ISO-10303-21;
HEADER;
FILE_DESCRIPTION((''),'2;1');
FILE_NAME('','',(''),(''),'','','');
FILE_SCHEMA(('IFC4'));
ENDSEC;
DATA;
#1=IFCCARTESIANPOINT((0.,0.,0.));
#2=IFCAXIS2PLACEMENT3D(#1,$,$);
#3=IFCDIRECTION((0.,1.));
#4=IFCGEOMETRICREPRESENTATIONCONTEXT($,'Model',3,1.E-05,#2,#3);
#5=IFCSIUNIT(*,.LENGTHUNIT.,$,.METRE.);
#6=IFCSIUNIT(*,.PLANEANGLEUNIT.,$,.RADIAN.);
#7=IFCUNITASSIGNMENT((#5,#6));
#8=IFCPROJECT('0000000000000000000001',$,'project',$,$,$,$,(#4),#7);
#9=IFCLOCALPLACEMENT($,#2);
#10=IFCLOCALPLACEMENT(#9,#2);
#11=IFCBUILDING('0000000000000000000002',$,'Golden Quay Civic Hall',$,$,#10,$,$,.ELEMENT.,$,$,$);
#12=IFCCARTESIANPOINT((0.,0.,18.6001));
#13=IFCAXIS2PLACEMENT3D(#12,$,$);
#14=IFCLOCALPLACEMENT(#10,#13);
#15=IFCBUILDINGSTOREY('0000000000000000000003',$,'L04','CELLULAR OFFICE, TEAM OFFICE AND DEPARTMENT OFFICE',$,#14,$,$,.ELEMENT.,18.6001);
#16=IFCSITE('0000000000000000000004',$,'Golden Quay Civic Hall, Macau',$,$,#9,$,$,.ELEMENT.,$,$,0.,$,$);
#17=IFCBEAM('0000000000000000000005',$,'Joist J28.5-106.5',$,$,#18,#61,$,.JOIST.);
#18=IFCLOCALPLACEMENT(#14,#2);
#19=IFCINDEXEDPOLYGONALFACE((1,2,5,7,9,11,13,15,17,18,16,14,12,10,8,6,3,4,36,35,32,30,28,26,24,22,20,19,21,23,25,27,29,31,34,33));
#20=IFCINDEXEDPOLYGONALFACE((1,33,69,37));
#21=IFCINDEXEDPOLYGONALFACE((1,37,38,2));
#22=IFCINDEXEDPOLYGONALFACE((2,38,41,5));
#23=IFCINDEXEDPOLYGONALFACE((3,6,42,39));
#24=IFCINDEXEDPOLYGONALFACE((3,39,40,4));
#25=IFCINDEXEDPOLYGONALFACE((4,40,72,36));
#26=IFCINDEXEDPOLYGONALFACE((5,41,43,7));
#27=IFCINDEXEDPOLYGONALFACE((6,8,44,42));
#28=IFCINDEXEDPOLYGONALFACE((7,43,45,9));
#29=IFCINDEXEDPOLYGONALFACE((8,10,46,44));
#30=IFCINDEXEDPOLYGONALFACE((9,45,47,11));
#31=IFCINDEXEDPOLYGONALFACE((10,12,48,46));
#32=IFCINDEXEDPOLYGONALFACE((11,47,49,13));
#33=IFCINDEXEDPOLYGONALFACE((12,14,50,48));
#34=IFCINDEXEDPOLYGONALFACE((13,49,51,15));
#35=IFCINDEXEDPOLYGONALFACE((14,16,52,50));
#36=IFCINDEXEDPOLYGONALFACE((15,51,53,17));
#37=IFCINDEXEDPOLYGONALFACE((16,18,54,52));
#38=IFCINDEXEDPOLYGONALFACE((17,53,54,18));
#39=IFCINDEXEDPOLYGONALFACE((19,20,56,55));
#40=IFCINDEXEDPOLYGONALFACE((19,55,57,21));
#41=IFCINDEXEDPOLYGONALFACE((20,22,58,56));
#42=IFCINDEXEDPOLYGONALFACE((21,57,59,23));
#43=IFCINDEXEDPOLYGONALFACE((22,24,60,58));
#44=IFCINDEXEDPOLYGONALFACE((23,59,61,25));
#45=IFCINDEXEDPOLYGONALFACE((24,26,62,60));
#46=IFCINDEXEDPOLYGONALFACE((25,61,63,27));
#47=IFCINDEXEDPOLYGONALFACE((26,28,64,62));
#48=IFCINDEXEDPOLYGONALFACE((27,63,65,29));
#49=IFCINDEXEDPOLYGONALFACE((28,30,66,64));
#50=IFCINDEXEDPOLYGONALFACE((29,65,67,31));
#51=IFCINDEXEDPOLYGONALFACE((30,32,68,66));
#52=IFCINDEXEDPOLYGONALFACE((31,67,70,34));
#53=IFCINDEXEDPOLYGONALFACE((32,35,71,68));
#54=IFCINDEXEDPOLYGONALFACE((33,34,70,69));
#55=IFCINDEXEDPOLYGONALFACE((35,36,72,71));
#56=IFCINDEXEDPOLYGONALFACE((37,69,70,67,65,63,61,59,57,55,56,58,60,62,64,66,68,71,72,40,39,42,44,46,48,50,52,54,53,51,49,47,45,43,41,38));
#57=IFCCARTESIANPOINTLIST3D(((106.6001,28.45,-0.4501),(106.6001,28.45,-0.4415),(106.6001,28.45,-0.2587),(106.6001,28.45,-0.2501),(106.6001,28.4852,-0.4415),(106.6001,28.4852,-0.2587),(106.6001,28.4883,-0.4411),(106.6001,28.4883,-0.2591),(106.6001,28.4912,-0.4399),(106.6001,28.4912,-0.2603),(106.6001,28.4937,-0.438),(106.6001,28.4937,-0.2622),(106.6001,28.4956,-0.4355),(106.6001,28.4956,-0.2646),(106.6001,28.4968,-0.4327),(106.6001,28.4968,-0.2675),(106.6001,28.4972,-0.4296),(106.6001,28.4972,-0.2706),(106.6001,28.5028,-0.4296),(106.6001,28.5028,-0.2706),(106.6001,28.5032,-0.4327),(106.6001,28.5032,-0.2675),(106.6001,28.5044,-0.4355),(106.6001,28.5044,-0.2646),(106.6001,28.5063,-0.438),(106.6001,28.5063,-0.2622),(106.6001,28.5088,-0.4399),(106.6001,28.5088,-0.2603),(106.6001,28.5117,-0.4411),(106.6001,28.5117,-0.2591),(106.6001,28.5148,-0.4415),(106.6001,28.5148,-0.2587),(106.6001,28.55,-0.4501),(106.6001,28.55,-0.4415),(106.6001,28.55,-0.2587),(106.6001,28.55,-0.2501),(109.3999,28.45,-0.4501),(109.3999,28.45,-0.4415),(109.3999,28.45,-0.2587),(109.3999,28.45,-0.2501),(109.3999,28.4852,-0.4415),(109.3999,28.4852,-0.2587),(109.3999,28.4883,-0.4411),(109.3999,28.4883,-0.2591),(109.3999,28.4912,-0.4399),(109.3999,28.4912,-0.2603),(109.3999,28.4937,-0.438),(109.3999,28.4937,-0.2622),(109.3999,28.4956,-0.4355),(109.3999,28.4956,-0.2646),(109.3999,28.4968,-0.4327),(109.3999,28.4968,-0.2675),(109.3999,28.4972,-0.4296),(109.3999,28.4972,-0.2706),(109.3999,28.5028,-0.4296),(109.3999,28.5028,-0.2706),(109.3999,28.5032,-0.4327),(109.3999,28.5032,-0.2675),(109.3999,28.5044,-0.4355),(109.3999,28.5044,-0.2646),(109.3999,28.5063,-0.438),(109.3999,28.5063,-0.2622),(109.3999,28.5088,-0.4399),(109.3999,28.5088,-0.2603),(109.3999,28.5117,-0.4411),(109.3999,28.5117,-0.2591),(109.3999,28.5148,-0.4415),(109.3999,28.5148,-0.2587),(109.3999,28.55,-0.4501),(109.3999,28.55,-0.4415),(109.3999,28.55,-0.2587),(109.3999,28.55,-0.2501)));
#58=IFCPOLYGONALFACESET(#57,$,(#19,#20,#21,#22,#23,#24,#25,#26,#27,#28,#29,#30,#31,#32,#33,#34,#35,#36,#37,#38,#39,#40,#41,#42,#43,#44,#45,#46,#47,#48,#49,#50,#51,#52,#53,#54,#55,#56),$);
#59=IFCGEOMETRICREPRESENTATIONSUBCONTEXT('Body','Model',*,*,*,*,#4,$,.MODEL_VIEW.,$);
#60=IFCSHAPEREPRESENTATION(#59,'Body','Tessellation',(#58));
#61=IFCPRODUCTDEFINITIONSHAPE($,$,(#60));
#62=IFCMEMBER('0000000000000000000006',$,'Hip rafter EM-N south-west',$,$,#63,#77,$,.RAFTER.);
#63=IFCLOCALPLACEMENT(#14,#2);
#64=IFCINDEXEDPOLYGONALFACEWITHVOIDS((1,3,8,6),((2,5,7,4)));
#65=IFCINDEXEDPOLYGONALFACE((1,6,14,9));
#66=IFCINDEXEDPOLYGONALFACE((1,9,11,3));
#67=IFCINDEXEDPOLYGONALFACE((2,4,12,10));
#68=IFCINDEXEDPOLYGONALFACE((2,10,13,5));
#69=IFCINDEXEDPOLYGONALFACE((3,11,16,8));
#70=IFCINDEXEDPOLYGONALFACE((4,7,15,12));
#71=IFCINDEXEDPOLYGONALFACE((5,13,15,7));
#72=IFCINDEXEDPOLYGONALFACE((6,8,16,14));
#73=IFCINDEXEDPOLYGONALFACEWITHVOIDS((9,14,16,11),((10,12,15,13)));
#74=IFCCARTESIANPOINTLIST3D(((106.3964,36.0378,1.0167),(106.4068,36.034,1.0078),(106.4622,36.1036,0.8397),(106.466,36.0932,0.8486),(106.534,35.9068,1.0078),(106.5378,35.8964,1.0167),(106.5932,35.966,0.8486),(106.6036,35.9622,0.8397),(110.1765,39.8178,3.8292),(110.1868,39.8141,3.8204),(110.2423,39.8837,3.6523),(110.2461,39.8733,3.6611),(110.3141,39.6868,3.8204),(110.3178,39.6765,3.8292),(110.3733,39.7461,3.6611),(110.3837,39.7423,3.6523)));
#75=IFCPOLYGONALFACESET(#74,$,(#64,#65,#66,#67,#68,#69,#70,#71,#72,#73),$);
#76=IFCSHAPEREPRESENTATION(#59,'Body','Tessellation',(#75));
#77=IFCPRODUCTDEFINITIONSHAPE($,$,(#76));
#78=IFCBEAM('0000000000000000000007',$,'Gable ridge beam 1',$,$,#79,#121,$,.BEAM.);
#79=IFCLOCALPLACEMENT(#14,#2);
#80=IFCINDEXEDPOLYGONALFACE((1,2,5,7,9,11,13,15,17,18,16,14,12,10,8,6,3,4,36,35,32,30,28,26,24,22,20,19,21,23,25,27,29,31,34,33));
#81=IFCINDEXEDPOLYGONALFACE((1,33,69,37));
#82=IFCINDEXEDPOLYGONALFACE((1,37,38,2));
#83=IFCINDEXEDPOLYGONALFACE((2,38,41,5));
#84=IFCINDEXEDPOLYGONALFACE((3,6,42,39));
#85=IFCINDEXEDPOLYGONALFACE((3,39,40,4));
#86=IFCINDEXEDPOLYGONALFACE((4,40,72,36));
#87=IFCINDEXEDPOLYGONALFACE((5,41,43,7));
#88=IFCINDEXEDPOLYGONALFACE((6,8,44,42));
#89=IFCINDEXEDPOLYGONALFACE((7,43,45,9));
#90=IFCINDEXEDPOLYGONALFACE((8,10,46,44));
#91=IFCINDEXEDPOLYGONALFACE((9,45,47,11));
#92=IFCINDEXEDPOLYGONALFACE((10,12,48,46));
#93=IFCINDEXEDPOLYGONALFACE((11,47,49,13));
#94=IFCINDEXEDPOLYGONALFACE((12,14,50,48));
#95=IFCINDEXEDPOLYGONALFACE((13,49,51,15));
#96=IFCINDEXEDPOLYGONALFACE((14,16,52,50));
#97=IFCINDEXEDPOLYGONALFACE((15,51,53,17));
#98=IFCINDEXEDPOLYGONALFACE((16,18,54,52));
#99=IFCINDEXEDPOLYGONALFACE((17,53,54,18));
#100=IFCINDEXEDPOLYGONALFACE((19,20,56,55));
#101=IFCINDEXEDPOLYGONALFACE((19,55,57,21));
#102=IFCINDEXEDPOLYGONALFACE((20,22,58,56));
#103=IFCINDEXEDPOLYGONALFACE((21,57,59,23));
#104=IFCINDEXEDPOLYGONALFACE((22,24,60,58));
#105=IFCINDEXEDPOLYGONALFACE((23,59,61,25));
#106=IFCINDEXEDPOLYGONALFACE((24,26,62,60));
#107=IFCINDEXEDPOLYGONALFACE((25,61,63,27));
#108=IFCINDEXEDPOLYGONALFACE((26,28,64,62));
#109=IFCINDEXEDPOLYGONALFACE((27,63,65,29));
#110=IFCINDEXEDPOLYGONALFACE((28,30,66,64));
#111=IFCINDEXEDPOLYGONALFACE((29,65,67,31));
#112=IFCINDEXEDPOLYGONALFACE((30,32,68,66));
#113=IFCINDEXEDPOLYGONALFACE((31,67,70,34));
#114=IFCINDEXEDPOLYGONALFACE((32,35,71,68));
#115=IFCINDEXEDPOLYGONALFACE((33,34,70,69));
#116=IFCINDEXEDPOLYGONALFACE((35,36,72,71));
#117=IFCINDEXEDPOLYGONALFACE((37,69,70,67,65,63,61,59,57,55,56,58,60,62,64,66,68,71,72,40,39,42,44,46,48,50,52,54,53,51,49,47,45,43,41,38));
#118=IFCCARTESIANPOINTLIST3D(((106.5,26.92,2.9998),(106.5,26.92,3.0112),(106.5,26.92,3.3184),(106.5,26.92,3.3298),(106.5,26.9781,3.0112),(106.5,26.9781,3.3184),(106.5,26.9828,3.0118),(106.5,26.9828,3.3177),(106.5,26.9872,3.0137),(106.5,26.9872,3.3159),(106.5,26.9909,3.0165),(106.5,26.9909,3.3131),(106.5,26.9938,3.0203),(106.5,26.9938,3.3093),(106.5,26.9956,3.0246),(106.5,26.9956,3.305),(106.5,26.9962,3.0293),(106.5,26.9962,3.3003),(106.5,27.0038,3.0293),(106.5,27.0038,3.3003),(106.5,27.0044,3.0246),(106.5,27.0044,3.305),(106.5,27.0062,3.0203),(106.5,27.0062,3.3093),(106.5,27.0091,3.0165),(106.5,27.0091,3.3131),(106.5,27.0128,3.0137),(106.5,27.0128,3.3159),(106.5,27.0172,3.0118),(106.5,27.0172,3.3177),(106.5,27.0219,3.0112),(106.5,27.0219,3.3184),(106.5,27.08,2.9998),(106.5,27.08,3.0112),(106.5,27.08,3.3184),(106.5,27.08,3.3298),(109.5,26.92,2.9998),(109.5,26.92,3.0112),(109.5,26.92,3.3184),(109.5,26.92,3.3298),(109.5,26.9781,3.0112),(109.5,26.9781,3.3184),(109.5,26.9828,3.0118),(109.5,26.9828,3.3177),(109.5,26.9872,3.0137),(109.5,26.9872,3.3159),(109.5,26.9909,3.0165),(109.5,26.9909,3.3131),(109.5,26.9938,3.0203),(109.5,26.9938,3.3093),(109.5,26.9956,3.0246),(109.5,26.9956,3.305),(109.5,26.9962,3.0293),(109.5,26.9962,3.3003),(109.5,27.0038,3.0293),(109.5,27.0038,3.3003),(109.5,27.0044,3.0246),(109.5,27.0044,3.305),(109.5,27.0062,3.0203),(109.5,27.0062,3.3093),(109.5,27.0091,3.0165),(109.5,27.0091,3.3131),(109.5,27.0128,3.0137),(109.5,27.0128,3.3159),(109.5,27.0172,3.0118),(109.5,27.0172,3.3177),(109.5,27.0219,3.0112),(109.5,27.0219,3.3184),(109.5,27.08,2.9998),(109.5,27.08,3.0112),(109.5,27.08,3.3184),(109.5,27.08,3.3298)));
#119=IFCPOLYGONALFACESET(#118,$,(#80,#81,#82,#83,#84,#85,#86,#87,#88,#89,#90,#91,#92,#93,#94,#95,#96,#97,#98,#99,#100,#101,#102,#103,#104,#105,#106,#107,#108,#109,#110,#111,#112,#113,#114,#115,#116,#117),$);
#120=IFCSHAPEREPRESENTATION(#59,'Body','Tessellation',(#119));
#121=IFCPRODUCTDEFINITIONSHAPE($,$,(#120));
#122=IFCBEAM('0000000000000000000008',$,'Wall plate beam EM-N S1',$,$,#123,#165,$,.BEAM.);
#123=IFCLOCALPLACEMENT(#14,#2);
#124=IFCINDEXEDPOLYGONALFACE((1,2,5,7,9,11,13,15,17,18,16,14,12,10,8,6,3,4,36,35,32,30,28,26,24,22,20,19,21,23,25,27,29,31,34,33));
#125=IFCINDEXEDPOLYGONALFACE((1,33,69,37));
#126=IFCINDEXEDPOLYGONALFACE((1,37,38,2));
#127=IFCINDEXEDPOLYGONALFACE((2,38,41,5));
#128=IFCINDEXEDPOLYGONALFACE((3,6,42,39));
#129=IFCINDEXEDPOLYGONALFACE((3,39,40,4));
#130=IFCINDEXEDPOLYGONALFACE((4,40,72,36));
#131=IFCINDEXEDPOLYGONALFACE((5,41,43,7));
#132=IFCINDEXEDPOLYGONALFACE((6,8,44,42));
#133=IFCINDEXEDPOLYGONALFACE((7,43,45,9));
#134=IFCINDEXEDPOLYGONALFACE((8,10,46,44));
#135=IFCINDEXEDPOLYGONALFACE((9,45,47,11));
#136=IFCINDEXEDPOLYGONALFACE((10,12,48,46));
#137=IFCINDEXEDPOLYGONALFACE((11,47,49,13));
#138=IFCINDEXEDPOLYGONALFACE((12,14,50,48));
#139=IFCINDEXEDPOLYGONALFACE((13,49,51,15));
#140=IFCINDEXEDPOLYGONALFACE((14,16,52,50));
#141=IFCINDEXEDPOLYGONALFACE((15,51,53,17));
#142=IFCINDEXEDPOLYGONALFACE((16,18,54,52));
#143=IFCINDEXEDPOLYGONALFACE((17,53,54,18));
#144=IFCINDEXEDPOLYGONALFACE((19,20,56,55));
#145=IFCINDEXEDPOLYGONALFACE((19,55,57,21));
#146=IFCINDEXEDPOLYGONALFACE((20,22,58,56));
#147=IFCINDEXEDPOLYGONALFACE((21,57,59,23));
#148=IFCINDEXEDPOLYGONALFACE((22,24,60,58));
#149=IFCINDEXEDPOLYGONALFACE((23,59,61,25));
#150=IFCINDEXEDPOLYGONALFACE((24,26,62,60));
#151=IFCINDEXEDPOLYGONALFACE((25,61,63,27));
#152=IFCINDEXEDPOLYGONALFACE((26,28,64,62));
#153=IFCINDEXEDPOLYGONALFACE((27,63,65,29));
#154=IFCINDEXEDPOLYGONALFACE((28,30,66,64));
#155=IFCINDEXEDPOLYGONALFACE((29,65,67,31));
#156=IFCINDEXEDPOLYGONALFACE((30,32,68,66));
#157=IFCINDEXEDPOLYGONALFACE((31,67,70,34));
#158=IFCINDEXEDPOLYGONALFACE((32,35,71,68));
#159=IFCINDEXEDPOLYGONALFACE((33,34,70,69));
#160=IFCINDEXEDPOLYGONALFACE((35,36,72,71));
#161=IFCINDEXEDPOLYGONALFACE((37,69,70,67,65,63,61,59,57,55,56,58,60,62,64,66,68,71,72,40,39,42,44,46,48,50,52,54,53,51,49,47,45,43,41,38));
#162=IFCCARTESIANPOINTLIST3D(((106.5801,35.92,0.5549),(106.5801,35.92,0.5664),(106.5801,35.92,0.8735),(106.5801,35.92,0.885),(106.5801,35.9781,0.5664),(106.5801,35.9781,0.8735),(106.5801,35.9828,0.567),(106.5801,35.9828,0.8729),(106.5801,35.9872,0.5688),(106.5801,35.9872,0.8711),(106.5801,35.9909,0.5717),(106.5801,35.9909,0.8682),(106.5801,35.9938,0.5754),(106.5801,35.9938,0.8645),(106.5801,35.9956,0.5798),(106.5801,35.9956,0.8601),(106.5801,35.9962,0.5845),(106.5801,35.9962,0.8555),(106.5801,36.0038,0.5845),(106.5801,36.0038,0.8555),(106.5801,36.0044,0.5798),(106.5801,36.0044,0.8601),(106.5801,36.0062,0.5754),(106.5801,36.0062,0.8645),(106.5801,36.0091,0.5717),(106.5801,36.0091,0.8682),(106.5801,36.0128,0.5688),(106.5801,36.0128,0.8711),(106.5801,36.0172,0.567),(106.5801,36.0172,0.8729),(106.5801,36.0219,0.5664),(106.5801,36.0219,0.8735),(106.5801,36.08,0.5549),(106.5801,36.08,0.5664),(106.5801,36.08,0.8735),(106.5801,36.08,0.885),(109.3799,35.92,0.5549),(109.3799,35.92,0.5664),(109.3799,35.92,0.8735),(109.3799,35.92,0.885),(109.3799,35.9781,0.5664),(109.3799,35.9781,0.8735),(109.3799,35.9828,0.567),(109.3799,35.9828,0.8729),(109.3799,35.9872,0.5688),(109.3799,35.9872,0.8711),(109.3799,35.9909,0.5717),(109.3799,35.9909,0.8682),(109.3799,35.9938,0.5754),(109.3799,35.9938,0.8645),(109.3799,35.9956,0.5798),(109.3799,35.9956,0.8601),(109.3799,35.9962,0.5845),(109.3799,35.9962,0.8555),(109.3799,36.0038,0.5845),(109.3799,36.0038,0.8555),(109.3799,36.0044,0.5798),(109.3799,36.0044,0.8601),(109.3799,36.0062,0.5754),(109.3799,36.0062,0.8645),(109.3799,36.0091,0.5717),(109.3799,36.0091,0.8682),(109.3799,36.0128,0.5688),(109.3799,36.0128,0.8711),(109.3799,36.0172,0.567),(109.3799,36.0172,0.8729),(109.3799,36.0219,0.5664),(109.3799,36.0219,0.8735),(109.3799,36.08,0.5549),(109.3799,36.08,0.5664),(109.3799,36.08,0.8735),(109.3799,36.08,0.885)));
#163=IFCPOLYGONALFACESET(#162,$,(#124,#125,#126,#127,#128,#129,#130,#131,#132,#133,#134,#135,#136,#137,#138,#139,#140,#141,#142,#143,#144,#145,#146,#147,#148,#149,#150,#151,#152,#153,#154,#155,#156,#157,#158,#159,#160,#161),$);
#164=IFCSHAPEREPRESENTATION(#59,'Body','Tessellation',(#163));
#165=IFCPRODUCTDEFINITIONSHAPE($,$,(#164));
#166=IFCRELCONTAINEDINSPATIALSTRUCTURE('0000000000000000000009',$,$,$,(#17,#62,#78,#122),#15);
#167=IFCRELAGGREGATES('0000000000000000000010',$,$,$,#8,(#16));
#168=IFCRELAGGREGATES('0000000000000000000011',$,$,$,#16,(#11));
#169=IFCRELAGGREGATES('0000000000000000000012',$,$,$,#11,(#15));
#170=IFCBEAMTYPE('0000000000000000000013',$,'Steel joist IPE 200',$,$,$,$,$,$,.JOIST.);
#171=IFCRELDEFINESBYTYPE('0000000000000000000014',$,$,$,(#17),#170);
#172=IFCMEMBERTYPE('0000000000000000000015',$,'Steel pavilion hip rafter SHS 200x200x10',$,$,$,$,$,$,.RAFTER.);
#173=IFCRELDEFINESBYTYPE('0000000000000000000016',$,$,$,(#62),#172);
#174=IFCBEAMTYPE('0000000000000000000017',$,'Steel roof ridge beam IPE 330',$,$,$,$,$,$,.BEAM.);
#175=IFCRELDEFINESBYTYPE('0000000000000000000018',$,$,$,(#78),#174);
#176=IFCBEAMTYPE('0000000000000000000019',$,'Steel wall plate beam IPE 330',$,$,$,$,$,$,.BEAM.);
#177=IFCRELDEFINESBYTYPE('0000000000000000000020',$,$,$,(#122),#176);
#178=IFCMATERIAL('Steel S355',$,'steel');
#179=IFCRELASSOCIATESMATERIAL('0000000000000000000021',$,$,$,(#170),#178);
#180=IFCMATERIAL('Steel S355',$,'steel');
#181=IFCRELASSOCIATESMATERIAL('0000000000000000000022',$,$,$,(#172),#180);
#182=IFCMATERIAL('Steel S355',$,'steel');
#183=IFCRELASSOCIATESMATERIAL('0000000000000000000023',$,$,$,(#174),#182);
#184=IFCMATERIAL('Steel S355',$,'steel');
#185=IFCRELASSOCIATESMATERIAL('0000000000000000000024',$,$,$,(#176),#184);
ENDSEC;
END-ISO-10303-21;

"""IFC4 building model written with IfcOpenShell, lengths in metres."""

from ifc_helpers import new_model, si_unit, direction, frame, origin, origin_2d, place, context, subcontext, project, spatial, hollow_rectangle, i_section, extrude, material, material_profile, profile_set, type_object, element, save


model = new_model("IFC4")

# Units and contexts
model_context = context("Model", 3, precision=1e-05, world=origin(), true_north=direction((0.0, 1.0)))
body_context = subcontext(model_context, "Body", "Model", "MODEL_VIEW")
ifc_project = project(units=[si_unit("LENGTHUNIT", "METRE"), si_unit("PLANEANGLEUNIT", "RADIAN")], contexts=[model_context])

# Site, building, storey
site_placement = place(None, origin())
site = spatial("IfcSite", under=ifc_project, at=site_placement, Name="Golden Quay Civic Hall, Macau", CompositionType="ELEMENT", RefElevation=0.0)
building_placement = place(site_placement, origin())
building = spatial("IfcBuilding", under=site, at=building_placement, Name="Golden Quay Civic Hall", CompositionType="ELEMENT")
storey_placement = place(building_placement, frame((0.0, 0.0, 18.6001)))
storey = spatial("IfcBuildingStorey", under=building, at=storey_placement, Name="L04", Description="CELLULAR OFFICE, TEAM OFFICE AND DEPARTMENT OFFICE", CompositionType="ELEMENT", Elevation=18.6001)

# Beam
ifc_material_1 = material(Name="Steel S355", Category="steel")
ifc_material_profile_1 = material_profile(ifc_material_1, i_section(OverallWidth=0.1001, OverallDepth=0.2, WebThickness=0.0056, FlangeThickness=0.0085, FilletRadius=0.012, at=origin_2d()), Name="IPE 200")
ifc_profile_set_1 = profile_set([ifc_material_profile_1], Name="Steel S355")
beam_type_1 = type_object("IfcBeamType", Name="Steel joist IPE 200", PredefinedType="JOIST", material=ifc_profile_set_1)
for number, where, z_axis, x_axis, name in (
    (1, (106.6001, 28.5, -0.3501), (1.0, 0.0, 0.0), (0.0, 1.0, 0.0), "Joist J28.5-106.5"),
):
    element("IfcBeam", number, at=place(storey_placement, frame(where, z_axis=z_axis, x_axis=x_axis)), inside=storey, type_object=beam_type_1, Name=name, PredefinedType="JOIST", context=body_context, shape_type="SweptSolid", body=[
        extrude(i_section(OverallWidth=0.1001, OverallDepth=0.2, WebThickness=0.0056, FlangeThickness=0.0085, FilletRadius=0.012, at=origin_2d()), origin(), (0.0, 0.0, 1.0), 2.7998),
    ])

# Member
ifc_material_2 = material(Name="Steel S355", Category="steel")
ifc_material_profile_2 = material_profile(ifc_material_2, hollow_rectangle(XDim=0.2, YDim=0.2, WallThickness=0.01, at=origin_2d()), Name="SHS 200x200x10")
ifc_profile_set_2 = profile_set([ifc_material_profile_2], Name="Steel S355")
member_type = type_object("IfcMemberType", Name="Steel pavilion hip rafter SHS 200x200x10", PredefinedType="RAFTER", material=ifc_profile_set_2)
member_placement = place(storey_placement, frame((106.5, 36.0, 0.9282), z_axis=(0.625783, 0.625783, 0.465609), x_axis=(-0.707107, 0.707107, 0.0)))
element("IfcMember", 2, at=member_placement, inside=storey, type_object=member_type, Name="Hip rafter EM-N south-west", PredefinedType="RAFTER", context=body_context, shape_type="SweptSolid", body=[
    extrude(hollow_rectangle(XDim=0.2, YDim=0.2, WallThickness=0.01, at=origin_2d()), origin(), (0.0, 0.0, 1.0), 6.0405),
])

# Beams
ifc_material_3 = material(Name="Steel S355", Category="steel")
ifc_material_profile_3 = material_profile(ifc_material_3, i_section(OverallWidth=0.1599, OverallDepth=0.3301, WebThickness=0.0076, FlangeThickness=0.0115, FilletRadius=0.0181, at=origin_2d()), Name="IPE 330")
ifc_profile_set_3 = profile_set([ifc_material_profile_3], Name="Steel S355")
beam_type_2 = type_object("IfcBeamType", Name="Steel roof ridge beam IPE 330", PredefinedType="BEAM", material=ifc_profile_set_3)
beam_1_placement = place(storey_placement, frame((106.5, 27.0, 3.1648), z_axis=(1.0, 0.0, 0.0), x_axis=(0.0, 1.0, 0.0)))
element("IfcBeam", 3, at=beam_1_placement, inside=storey, type_object=beam_type_2, Name="Gable ridge beam 1", PredefinedType="BEAM", context=body_context, shape_type="SweptSolid", body=[
    extrude(i_section(OverallWidth=0.1599, OverallDepth=0.3301, WebThickness=0.0076, FlangeThickness=0.0115, FilletRadius=0.0181, at=origin_2d()), origin(), (0.0, 0.0, 1.0), 3.0),
])
ifc_material_4 = material(Name="Steel S355", Category="steel")
ifc_material_profile_4 = material_profile(ifc_material_4, i_section(OverallWidth=0.1599, OverallDepth=0.3301, WebThickness=0.0076, FlangeThickness=0.0115, FilletRadius=0.0181, at=origin_2d()), Name="IPE 330")
ifc_profile_set_4 = profile_set([ifc_material_profile_4], Name="Steel S355")
beam_type_3 = type_object("IfcBeamType", Name="Steel wall plate beam IPE 330", PredefinedType="BEAM", material=ifc_profile_set_4)
beam_2_placement = place(storey_placement, frame((106.5801, 36.0, 0.72), z_axis=(1.0, 0.0, 0.0), x_axis=(0.0, 1.0, 0.0)))
element("IfcBeam", 4, at=beam_2_placement, inside=storey, type_object=beam_type_3, Name="Wall plate beam EM-N S1", PredefinedType="BEAM", context=body_context, shape_type="SweptSolid", body=[
    extrude(i_section(OverallWidth=0.1599, OverallDepth=0.3301, WebThickness=0.0076, FlangeThickness=0.0115, FilletRadius=0.0181, at=origin_2d()), origin(), (0.0, 0.0, 1.0), 2.7998),
])

save(model, "model.ifc")
